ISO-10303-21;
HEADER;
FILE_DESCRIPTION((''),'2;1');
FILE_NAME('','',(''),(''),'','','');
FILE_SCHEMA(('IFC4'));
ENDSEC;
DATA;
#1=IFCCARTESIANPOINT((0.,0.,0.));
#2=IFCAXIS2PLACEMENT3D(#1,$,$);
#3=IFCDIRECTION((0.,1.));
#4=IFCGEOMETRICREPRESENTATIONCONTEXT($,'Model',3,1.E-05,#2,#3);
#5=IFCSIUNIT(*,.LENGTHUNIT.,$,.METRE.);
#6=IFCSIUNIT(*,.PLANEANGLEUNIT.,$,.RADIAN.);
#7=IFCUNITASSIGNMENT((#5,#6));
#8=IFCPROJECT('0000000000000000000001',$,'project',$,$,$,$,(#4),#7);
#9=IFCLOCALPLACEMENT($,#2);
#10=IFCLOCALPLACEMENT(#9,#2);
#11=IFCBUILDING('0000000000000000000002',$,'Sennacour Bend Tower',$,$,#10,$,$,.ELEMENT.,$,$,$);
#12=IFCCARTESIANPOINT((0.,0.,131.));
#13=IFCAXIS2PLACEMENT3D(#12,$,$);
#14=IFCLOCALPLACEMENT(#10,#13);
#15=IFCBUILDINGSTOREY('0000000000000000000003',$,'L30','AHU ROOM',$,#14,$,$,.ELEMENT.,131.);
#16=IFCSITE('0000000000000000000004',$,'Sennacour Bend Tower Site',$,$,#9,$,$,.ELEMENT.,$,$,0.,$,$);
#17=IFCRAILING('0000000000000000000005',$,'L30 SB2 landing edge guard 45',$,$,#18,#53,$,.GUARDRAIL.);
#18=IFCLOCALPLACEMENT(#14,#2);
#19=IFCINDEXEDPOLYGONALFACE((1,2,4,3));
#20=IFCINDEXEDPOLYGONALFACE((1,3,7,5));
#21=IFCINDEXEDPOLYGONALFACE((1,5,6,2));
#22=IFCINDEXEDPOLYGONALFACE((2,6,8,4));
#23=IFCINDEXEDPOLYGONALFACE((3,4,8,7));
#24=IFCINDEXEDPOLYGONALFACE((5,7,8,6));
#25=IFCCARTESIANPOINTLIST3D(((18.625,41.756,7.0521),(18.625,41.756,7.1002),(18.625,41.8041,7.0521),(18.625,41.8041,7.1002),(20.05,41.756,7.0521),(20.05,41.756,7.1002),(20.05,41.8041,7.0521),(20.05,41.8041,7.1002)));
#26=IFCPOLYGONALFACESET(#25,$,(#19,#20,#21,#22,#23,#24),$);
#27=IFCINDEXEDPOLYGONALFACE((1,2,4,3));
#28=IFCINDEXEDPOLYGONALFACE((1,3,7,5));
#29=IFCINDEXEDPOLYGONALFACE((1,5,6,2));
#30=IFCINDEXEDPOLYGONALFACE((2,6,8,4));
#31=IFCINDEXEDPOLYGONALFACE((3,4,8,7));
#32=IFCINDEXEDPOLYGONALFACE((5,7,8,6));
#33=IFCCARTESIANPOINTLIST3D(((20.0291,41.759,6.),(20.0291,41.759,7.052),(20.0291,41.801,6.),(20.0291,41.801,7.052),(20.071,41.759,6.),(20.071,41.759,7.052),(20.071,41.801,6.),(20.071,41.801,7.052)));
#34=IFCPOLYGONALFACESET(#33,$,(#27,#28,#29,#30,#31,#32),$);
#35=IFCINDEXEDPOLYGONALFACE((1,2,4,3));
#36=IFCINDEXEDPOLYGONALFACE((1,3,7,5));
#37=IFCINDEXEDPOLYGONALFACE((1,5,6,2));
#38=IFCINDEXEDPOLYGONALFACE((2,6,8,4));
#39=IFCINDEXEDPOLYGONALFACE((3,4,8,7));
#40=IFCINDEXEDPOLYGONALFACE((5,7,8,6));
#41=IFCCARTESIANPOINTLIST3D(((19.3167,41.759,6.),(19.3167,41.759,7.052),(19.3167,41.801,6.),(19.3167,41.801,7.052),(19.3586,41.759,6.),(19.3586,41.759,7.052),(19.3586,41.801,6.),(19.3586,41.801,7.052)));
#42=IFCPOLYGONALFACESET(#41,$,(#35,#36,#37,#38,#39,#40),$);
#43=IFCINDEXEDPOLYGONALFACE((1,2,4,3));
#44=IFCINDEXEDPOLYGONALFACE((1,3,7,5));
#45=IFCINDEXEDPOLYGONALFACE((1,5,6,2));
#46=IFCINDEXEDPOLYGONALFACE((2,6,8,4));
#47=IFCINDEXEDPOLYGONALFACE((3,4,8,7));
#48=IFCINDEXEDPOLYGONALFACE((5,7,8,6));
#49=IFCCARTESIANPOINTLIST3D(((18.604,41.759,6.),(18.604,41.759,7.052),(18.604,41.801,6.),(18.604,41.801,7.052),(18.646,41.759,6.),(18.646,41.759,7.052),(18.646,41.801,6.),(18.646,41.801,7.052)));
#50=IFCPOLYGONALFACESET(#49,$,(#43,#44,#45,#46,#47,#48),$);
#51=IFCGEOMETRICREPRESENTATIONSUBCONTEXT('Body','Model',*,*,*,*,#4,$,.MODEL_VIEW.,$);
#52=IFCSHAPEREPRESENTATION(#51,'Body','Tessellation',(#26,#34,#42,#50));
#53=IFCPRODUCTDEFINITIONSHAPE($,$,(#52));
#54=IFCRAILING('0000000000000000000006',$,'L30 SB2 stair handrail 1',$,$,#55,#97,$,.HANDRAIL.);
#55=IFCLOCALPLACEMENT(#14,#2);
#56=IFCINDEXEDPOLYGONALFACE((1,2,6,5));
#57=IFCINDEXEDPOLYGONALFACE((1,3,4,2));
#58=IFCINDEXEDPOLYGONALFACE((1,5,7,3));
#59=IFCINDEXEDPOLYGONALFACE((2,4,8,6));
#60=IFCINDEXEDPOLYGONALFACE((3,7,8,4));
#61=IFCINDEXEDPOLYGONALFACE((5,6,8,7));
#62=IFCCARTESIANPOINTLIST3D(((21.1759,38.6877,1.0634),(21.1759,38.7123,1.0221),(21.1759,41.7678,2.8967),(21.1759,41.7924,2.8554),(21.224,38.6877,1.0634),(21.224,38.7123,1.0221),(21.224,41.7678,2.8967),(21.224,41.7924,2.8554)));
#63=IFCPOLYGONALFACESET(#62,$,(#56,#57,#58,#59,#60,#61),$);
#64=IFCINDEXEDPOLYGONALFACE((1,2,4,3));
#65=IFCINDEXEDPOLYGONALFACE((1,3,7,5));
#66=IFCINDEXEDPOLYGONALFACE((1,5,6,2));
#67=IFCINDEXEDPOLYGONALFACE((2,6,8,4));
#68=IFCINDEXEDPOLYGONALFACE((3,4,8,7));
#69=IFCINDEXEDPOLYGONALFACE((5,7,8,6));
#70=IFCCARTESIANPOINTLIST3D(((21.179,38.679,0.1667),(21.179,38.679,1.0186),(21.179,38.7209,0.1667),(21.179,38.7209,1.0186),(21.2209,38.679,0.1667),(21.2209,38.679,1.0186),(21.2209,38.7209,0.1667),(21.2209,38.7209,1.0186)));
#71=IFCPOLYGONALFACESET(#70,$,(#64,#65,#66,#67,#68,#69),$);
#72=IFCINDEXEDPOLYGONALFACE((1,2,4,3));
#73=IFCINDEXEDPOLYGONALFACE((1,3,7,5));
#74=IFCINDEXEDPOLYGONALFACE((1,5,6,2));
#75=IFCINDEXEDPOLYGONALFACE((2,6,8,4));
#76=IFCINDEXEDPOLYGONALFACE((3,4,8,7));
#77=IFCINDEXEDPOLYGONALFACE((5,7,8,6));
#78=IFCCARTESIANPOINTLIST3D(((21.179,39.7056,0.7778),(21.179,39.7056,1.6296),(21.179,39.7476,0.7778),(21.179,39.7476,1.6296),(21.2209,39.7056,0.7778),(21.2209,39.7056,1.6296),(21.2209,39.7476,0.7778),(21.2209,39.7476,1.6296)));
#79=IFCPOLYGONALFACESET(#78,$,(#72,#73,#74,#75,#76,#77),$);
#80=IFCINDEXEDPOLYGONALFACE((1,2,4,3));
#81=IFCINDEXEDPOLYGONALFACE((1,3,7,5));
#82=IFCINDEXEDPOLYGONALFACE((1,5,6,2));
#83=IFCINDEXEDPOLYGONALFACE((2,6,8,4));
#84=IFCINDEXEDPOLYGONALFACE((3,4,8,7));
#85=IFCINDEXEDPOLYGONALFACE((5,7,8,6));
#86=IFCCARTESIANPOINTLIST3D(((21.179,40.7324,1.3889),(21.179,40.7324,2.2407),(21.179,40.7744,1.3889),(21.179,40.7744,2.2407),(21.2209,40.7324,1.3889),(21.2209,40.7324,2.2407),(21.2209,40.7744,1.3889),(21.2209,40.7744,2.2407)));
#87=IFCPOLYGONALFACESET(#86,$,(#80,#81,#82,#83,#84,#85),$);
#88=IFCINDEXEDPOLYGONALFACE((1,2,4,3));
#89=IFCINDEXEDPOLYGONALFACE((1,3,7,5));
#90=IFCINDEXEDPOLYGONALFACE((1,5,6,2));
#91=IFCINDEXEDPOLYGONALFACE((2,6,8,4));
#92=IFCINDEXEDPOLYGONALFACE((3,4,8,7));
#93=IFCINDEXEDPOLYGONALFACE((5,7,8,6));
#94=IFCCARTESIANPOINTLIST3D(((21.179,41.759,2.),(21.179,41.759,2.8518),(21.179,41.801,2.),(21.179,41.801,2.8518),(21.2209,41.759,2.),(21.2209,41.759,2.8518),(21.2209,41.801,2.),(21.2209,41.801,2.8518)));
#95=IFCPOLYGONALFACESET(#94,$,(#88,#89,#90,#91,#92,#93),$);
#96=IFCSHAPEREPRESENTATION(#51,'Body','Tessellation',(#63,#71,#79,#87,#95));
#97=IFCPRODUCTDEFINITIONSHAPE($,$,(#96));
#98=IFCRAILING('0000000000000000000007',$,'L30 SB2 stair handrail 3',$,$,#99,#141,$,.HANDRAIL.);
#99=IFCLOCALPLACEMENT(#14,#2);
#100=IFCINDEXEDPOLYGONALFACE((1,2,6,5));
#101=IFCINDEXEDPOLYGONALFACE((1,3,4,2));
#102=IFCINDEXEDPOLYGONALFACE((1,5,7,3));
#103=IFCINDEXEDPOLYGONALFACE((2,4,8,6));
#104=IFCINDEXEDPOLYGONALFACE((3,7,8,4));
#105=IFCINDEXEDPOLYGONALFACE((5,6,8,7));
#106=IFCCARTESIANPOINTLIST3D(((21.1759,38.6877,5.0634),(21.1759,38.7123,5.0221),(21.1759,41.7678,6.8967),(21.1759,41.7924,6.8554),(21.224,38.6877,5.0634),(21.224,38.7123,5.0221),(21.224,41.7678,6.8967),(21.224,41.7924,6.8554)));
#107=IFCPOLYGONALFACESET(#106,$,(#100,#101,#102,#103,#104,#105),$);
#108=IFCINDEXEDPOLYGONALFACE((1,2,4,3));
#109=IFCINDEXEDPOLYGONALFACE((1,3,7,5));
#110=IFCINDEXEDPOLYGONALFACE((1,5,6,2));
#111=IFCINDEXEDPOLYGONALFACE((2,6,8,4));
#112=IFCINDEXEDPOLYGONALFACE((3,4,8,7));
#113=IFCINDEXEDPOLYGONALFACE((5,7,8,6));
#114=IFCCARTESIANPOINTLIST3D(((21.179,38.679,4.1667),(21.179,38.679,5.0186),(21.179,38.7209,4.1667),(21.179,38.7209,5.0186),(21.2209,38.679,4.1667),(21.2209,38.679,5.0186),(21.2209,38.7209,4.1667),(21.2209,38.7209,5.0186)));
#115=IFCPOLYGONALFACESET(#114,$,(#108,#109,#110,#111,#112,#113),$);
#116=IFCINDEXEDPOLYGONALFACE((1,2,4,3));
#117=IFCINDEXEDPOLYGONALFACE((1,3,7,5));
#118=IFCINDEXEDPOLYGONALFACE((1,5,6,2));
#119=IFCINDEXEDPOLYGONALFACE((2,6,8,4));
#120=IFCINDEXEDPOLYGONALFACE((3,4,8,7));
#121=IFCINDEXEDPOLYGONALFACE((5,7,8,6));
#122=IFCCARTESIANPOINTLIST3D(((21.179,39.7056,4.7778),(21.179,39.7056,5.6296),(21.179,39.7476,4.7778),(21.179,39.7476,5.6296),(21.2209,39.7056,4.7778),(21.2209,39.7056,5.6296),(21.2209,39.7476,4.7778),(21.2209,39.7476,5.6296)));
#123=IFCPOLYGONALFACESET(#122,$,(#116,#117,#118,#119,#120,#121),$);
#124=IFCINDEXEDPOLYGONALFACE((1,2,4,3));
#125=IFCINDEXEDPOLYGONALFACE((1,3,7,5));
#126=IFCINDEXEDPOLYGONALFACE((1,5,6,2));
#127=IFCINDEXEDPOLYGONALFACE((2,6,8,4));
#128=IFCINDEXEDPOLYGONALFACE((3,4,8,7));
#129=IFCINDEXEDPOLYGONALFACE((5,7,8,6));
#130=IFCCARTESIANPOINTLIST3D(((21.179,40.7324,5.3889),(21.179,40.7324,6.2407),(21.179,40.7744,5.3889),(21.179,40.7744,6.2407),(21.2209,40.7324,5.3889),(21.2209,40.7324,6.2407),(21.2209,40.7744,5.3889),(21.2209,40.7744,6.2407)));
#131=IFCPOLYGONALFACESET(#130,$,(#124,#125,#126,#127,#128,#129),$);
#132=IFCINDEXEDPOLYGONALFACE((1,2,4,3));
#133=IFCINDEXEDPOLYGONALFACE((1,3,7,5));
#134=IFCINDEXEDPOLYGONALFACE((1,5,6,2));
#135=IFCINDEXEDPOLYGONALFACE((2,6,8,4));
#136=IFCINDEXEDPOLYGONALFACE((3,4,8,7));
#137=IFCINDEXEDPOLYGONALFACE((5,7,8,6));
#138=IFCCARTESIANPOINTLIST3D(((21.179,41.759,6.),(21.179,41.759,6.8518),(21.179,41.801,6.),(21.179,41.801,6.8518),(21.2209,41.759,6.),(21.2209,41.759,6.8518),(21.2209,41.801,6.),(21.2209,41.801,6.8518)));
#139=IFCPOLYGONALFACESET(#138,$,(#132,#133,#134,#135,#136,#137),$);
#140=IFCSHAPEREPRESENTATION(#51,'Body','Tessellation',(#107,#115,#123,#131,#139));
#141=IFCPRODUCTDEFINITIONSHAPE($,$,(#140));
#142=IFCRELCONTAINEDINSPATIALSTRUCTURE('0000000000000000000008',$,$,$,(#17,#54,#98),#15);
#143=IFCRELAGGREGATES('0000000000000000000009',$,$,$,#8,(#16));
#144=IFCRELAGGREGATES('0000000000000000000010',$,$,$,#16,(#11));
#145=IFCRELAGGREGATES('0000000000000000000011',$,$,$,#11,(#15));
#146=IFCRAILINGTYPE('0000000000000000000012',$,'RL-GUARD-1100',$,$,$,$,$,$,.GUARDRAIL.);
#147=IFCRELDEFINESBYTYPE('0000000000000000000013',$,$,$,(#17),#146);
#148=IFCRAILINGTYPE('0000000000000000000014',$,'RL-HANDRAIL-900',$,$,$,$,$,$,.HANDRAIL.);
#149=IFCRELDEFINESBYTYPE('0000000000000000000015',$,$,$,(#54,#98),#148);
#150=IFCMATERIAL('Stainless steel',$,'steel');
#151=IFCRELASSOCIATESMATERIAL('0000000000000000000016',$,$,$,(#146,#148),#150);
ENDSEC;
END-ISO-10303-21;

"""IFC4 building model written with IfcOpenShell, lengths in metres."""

from ifc_helpers import new_model, si_unit, direction, frame, origin, origin_2d, place, context, subcontext, project, spatial, rectangle, extrude, material, type_object, element, save


model = new_model("IFC4")

# Units and contexts
model_context = context("Model", 3, precision=1e-05, world=origin(), true_north=direction((0.0, 1.0)))
body_context = subcontext(model_context, "Body", "Model", "MODEL_VIEW")
ifc_project = project(units=[si_unit("LENGTHUNIT", "METRE"), si_unit("PLANEANGLEUNIT", "RADIAN")], contexts=[model_context])

# Site, building, storey
site_placement = place(None, origin())
site = spatial("IfcSite", under=ifc_project, at=site_placement, Name="Sennacour Bend Tower Site", CompositionType="ELEMENT", RefElevation=0.0)
building_placement = place(site_placement, origin())
building = spatial("IfcBuilding", under=site, at=building_placement, Name="Sennacour Bend Tower", CompositionType="ELEMENT")
storey_placement = place(building_placement, frame((0.0, 0.0, 131.0)))
storey = spatial("IfcBuildingStorey", under=building, at=storey_placement, Name="L30", Description="AHU ROOM", CompositionType="ELEMENT", Elevation=131.0)

# Railings
ifc_material_1 = material(Name="Stainless steel", Category="steel")
railing_type_1 = type_object("IfcRailingType", Name="RL-GUARD-1100", PredefinedType="GUARDRAIL", material=ifc_material_1)
railing_1_placement = place(storey_placement, frame((20.05, 41.78, 6.0)))
element("IfcRailing", 1, at=railing_1_placement, inside=storey, type_object=railing_type_1, Name="L30 SB2 landing edge guard 45", PredefinedType="GUARDRAIL", context=body_context, shape_type="SweptSolid", body=[
    extrude(rectangle(XDim=0.0481, YDim=0.0481, at=origin_2d()), frame((0.0, 0.0, 1.0762), z_axis=(-1.0, 0.0, 0.0), x_axis=(0.0, -1.0, 0.0)), (0.0, 0.0, 1.0), 1.425),
    extrude(rectangle(XDim=0.042, YDim=0.042, at=origin_2d()), origin(), (0.0, 0.0, 1.0), 1.052),
    extrude(rectangle(XDim=0.042, YDim=0.042, at=origin_2d()), frame((-0.7124, 0.0, 0.0)), (0.0, 0.0, 1.0), 1.052),
    extrude(rectangle(XDim=0.042, YDim=0.042, at=origin_2d()), frame((-1.425, 0.0, 0.0)), (0.0, 0.0, 1.0), 1.052),
])
railing_type_2 = type_object("IfcRailingType", Name="RL-HANDRAIL-900", PredefinedType="HANDRAIL", material=ifc_material_1)
for number, where, name in (
    (2, (21.2, 38.7, 0.1667), "L30 SB2 stair handrail 1"),
    (3, (21.2, 38.7, 4.1667), "L30 SB2 stair handrail 3"),
):
    element("IfcRailing", number, at=place(storey_placement, frame(where)), inside=storey, type_object=railing_type_2, Name=name, PredefinedType="HANDRAIL", context=body_context, shape_type="SweptSolid", body=[
        extrude(rectangle(XDim=0.0481, YDim=0.0481, at=origin_2d()), frame((0.0, 0.0, 0.876), z_axis=(0.0, 0.859309, 0.511458), x_axis=(-1.0, 0.0, 0.0)), (0.0, 0.0, 1.0), 3.5845),
        extrude(rectangle(XDim=0.042, YDim=0.042, at=origin_2d()), origin(), (0.0, 0.0, 1.0), 0.8518),
        extrude(rectangle(XDim=0.042, YDim=0.042, at=origin_2d()), frame((0.0, 1.0266, 0.6111)), (0.0, 0.0, 1.0), 0.8518),
        extrude(rectangle(XDim=0.042, YDim=0.042, at=origin_2d()), frame((0.0, 2.0535, 1.2222)), (0.0, 0.0, 1.0), 0.8518),
        extrude(rectangle(XDim=0.042, YDim=0.042, at=origin_2d()), frame((0.0, 3.0801, 1.8333)), (0.0, 0.0, 1.0), 0.8518),
    ])

save(model, "model.ifc")
